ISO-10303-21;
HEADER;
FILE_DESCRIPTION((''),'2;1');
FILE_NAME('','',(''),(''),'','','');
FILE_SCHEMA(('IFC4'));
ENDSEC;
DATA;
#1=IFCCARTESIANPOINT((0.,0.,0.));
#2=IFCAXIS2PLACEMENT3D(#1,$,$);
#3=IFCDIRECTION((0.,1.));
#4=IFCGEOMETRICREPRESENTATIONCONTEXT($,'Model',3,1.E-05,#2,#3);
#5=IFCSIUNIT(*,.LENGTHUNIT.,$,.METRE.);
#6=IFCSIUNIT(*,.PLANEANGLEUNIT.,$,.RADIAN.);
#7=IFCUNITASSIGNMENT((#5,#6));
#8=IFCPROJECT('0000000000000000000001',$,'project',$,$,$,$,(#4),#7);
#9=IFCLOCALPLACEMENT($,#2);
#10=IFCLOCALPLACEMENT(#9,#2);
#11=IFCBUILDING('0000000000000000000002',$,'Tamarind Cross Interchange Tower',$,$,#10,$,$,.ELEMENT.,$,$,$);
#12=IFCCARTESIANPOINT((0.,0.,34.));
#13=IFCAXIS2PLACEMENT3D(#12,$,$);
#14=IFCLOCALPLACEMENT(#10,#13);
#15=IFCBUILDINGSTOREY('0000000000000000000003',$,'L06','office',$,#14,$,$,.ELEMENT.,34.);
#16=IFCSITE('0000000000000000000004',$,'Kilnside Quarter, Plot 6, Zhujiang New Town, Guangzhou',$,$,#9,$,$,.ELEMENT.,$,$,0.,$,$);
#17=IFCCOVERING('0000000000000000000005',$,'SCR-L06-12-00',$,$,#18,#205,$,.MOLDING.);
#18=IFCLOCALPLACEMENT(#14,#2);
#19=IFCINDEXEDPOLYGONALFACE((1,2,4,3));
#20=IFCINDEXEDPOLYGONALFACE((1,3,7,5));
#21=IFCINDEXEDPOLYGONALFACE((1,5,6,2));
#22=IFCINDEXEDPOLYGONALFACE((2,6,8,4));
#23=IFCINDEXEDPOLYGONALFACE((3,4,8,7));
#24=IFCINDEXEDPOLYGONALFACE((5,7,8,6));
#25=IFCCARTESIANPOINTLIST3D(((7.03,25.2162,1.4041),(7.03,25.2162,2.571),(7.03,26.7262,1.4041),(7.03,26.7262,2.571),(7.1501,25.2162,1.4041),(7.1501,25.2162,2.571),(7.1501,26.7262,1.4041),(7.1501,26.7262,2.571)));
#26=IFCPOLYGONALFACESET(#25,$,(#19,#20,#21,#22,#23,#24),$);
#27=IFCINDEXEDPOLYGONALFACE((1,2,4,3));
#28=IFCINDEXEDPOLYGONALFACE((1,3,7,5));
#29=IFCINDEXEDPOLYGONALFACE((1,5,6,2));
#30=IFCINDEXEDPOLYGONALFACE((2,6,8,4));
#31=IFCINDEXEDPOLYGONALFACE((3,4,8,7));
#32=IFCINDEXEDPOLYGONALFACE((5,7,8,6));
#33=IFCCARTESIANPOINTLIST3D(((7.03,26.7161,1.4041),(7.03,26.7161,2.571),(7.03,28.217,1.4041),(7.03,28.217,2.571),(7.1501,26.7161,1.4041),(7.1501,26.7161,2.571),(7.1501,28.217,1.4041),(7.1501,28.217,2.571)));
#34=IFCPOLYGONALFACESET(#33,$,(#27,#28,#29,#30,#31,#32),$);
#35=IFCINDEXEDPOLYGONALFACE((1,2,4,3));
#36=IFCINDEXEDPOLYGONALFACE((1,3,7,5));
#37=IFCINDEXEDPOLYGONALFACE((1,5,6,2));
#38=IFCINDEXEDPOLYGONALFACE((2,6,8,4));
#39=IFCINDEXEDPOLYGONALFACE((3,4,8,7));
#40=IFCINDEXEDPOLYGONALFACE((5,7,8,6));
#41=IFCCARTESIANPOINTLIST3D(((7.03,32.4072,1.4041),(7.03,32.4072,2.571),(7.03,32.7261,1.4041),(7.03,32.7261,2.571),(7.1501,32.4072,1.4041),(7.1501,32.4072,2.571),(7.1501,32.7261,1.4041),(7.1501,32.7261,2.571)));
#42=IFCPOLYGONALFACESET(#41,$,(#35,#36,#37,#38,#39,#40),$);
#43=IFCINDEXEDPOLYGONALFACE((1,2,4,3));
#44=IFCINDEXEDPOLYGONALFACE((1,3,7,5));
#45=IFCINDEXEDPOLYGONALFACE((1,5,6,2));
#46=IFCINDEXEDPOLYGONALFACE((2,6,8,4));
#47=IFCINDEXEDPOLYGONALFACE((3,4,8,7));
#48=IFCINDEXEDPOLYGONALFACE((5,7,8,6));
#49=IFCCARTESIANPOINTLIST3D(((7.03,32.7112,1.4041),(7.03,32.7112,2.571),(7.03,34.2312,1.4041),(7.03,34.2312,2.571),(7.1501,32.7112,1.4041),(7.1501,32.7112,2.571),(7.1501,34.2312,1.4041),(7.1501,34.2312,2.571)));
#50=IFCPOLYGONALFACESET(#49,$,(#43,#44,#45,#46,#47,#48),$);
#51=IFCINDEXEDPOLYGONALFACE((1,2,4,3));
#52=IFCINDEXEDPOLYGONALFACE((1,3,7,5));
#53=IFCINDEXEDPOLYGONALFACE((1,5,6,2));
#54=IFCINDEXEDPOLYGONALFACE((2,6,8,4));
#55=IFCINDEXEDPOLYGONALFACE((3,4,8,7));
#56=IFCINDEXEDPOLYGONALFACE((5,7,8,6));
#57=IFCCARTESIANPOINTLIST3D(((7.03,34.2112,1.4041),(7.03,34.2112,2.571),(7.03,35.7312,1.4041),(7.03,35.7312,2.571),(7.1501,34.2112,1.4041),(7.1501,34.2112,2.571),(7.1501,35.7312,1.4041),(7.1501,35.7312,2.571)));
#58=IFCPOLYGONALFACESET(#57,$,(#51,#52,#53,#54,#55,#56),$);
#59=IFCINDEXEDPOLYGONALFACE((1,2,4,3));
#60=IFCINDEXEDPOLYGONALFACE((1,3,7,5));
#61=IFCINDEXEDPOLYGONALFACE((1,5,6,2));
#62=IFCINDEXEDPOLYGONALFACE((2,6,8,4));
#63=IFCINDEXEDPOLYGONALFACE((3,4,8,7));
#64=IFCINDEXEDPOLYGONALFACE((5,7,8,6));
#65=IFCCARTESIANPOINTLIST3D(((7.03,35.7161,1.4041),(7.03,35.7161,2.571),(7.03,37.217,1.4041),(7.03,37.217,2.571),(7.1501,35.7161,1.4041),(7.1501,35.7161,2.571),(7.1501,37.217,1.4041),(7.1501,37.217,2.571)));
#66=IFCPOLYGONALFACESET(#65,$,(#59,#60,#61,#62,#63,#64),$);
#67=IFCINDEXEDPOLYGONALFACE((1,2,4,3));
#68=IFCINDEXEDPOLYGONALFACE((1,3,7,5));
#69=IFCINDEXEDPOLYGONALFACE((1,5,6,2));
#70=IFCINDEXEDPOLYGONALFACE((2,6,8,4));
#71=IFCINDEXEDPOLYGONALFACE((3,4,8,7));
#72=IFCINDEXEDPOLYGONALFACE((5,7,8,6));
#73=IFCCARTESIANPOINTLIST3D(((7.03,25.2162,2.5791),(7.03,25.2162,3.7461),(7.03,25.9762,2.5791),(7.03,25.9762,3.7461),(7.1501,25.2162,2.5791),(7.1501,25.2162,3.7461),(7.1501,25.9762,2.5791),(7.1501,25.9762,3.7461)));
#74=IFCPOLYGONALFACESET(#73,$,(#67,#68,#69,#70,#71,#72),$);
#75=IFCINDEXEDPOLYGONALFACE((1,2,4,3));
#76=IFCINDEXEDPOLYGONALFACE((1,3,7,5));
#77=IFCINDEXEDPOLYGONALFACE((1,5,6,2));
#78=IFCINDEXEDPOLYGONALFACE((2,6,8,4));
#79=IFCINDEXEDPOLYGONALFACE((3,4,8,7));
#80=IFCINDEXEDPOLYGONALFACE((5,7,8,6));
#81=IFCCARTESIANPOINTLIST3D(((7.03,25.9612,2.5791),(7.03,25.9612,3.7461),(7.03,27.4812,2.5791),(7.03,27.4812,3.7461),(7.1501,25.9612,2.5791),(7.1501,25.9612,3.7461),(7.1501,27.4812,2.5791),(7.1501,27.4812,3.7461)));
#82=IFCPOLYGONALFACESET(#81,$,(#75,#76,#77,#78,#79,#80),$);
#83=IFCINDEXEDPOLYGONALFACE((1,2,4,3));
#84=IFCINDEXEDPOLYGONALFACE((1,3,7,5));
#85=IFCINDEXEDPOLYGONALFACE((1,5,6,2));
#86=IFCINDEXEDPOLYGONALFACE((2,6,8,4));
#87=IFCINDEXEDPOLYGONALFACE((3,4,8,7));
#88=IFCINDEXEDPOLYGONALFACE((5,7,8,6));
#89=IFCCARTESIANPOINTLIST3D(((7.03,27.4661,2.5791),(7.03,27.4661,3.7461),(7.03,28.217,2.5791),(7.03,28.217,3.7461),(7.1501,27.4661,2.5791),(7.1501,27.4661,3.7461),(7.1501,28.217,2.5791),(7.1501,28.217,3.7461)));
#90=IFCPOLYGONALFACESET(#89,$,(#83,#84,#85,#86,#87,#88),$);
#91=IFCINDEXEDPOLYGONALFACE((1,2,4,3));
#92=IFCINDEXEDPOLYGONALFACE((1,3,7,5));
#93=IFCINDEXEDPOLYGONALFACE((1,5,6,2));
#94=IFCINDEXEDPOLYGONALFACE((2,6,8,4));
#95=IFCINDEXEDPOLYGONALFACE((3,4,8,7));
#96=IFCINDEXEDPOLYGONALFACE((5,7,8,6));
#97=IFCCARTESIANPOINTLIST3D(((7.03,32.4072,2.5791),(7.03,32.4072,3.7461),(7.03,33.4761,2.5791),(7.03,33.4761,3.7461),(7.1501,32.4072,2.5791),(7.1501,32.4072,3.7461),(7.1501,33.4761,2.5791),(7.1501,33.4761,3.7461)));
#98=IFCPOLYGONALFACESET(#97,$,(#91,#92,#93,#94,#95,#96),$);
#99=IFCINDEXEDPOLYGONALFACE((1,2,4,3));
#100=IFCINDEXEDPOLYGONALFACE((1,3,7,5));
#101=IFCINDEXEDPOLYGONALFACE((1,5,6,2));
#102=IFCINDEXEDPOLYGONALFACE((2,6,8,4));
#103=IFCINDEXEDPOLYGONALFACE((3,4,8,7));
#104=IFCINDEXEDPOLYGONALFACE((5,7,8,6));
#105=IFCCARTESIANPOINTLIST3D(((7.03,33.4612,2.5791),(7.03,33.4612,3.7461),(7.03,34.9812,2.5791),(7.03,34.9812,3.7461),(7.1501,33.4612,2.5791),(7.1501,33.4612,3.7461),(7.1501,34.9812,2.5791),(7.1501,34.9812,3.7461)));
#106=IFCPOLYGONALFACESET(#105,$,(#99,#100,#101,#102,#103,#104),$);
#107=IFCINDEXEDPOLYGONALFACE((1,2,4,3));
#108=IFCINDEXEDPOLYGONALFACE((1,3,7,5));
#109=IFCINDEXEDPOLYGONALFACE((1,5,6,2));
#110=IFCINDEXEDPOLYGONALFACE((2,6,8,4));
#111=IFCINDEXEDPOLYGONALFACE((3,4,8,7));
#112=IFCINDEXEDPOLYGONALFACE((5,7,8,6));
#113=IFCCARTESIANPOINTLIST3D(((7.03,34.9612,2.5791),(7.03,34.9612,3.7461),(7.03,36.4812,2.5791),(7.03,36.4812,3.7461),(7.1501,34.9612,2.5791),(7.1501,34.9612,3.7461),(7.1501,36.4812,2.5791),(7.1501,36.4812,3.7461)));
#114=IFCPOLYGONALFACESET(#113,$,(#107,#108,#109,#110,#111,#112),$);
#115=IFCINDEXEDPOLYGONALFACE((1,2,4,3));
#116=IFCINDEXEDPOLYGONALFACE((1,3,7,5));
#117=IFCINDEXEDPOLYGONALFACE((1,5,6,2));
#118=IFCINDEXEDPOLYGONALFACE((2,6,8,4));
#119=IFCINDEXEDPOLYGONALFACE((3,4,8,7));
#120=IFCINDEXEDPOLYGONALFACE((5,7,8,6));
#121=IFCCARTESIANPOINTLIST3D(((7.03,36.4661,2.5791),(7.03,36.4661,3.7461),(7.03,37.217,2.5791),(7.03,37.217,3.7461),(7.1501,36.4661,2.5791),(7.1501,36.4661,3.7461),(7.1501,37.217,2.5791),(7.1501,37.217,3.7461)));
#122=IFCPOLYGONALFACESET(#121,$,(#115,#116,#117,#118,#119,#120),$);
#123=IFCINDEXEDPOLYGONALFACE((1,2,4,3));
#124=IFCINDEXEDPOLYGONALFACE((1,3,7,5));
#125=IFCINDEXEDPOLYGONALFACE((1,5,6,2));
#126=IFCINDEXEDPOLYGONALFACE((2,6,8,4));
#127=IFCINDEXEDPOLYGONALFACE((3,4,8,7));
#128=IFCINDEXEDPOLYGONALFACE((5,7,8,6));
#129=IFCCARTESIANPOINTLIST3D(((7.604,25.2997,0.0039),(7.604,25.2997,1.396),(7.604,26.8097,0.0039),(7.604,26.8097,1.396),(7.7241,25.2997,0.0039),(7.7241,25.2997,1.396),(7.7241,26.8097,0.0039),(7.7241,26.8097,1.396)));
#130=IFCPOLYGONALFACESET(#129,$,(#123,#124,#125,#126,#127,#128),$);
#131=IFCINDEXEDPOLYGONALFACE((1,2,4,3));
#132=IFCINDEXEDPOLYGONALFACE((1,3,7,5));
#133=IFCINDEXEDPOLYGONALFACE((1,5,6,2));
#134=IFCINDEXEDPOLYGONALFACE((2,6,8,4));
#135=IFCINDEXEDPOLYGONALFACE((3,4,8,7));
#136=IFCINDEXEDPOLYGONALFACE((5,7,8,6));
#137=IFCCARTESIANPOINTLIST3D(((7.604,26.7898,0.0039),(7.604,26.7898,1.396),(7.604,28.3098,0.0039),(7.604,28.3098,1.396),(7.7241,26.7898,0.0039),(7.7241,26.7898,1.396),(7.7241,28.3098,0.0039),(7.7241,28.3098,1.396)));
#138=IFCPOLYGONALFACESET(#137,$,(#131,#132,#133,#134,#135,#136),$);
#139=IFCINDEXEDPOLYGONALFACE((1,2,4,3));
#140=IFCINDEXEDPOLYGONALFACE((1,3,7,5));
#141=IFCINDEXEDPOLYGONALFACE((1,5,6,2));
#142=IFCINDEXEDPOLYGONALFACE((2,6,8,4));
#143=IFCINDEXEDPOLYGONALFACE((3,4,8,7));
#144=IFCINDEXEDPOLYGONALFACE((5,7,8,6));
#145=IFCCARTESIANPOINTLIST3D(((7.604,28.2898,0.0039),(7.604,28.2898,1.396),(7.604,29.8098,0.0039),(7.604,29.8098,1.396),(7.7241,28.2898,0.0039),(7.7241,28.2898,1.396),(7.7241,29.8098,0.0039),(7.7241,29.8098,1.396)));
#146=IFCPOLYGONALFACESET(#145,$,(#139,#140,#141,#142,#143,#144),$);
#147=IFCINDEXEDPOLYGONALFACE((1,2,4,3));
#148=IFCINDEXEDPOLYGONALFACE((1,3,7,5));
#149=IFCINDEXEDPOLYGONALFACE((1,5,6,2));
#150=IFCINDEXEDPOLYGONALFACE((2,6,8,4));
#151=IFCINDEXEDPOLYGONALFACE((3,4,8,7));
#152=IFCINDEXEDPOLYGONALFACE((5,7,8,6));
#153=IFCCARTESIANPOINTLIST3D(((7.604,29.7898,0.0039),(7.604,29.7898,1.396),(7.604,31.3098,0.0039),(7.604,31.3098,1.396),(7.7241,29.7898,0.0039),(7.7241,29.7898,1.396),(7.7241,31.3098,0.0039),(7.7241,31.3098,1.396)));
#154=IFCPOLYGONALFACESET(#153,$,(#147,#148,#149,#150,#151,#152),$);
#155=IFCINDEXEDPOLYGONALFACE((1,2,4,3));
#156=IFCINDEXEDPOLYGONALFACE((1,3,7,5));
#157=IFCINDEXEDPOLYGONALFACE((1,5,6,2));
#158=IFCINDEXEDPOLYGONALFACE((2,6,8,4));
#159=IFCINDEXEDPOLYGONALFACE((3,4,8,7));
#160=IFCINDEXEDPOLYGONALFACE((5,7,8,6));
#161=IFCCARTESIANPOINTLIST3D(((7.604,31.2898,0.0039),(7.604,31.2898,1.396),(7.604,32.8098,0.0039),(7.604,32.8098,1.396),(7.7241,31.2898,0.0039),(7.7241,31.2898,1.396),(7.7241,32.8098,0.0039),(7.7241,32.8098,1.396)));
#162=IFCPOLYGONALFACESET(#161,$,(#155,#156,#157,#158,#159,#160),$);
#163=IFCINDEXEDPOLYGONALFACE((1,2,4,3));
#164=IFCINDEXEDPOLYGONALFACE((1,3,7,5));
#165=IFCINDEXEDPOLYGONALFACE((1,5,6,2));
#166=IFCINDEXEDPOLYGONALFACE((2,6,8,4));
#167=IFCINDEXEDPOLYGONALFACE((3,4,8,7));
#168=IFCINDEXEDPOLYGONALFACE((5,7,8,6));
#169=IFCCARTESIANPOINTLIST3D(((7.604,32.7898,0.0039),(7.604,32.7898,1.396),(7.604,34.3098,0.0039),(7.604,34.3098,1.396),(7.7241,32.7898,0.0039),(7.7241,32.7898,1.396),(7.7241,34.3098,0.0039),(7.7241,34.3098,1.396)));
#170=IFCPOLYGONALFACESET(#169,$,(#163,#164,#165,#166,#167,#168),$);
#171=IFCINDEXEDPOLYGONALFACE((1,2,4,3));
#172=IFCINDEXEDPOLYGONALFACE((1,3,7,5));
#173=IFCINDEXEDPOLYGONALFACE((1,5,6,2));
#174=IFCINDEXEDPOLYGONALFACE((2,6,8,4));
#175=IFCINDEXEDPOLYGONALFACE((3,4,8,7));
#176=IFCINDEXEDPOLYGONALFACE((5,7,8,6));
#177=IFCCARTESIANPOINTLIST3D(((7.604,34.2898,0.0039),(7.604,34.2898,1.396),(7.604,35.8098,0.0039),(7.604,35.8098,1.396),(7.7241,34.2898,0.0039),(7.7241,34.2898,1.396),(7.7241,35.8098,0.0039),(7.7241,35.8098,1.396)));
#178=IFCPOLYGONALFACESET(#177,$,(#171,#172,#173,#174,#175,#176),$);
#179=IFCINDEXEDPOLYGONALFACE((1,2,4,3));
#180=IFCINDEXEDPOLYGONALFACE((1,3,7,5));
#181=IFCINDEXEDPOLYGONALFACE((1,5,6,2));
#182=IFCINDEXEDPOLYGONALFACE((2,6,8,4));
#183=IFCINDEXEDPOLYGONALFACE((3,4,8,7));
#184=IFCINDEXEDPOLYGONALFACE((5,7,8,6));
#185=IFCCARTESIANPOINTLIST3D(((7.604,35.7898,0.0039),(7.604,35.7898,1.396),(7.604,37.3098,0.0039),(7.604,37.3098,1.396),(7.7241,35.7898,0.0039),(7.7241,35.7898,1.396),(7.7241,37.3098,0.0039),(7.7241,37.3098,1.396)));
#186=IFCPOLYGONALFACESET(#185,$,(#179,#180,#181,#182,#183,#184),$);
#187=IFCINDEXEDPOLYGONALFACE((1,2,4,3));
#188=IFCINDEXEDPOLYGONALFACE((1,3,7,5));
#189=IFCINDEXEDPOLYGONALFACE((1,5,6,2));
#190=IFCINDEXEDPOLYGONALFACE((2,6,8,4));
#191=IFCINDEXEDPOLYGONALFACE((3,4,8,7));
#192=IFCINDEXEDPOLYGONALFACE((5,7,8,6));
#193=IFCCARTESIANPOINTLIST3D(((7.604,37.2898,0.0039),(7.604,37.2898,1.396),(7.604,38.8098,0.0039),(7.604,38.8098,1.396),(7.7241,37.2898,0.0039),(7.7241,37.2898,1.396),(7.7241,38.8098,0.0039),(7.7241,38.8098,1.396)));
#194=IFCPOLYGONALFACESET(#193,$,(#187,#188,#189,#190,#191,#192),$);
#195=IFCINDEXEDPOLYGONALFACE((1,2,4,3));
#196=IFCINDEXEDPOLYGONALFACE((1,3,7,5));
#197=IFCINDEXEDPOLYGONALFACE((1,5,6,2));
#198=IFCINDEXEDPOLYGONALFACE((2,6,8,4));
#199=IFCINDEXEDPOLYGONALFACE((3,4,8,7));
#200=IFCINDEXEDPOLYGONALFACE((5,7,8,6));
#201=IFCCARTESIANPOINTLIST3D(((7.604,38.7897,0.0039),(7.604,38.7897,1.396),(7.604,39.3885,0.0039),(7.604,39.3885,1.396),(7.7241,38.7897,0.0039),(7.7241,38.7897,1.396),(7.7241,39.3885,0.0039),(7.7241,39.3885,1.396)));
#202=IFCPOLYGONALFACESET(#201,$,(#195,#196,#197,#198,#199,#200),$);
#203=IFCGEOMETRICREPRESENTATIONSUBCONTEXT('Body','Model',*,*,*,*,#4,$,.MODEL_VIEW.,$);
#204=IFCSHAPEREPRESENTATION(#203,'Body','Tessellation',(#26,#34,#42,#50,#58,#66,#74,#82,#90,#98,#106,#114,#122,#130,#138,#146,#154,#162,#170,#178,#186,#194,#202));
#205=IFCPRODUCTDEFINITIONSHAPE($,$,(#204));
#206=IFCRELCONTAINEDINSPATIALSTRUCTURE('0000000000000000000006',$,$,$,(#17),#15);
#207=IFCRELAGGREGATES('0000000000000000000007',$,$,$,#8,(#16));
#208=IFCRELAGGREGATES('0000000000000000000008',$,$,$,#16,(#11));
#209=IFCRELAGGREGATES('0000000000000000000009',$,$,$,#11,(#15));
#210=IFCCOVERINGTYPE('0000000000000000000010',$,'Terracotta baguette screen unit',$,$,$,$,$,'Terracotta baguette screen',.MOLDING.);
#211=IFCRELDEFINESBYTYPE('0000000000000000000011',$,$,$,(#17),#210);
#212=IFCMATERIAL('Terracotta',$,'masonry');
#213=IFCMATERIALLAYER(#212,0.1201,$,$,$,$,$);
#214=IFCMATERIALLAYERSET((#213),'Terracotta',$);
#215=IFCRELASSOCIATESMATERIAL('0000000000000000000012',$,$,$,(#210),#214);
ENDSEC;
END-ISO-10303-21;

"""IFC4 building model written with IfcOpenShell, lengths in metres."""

from ifc_helpers import new_model, si_unit, direction, frame, origin, origin_2d, place, context, subcontext, project, spatial, rectangle, extrude, material, layer, layer_set, type_object, element, save


model = new_model("IFC4")

# Units and contexts
model_context = context("Model", 3, precision=1e-05, world=origin(), true_north=direction((0.0, 1.0)))
body_context = subcontext(model_context, "Body", "Model", "MODEL_VIEW")
ifc_project = project(units=[si_unit("LENGTHUNIT", "METRE"), si_unit("PLANEANGLEUNIT", "RADIAN")], contexts=[model_context])

# Site, building, storey
site_placement = place(None, origin())
site = spatial("IfcSite", under=ifc_project, at=site_placement, Name="Kilnside Quarter, Plot 6, Zhujiang New Town, Guangzhou", CompositionType="ELEMENT", RefElevation=0.0)
building_placement = place(site_placement, origin())
building = spatial("IfcBuilding", under=site, at=building_placement, Name="Tamarind Cross Interchange Tower", CompositionType="ELEMENT")
storey_placement = place(building_placement, frame((0.0, 0.0, 34.0)))
storey = spatial("IfcBuildingStorey", under=building, at=storey_placement, Name="L06", Description="office", CompositionType="ELEMENT", Elevation=34.0)

# Covering
ifc_material_1 = material(Name="Terracotta", Category="masonry")
ifc_layer_1 = layer(ifc_material_1, 0.1201)
ifc_layer_set_1 = layer_set([ifc_layer_1], Name="Terracotta")
covering_type = type_object("IfcCoveringType", Name="Terracotta baguette screen unit", ElementType="Terracotta baguette screen", PredefinedType="MOLDING", material=ifc_layer_set_1)
covering_1_placement = place(storey_placement, origin())
element("IfcCovering", 1, at=covering_1_placement, inside=storey, type_object=covering_type, Name="SCR-L06-12-00", PredefinedType="MOLDING", context=body_context, shape_type="SweptSolid", body=[
    extrude(rectangle(XDim=1.51, YDim=0.1201, at=origin_2d()), frame((7.0901, 25.9712, 1.4041), z_axis=(0.0, 0.0, 1.0), x_axis=(0.0, 1.0, 0.0)), (0.0, 0.0, 1.0), 1.167),
    extrude(rectangle(XDim=1.501, YDim=0.1201, at=origin_2d()), frame((7.0901, 27.4666, 1.4041), z_axis=(0.0, 0.0, 1.0), x_axis=(0.0, 1.0, 0.0)), (0.0, 0.0, 1.0), 1.167),
    extrude(rectangle(XDim=0.3188, YDim=0.1201, at=origin_2d()), frame((7.0901, 32.5667, 1.4041), z_axis=(0.0, 0.0, 1.0), x_axis=(0.0, 1.0, 0.0)), (0.0, 0.0, 1.0), 1.167),
    extrude(rectangle(XDim=1.52, YDim=0.1201, at=origin_2d()), frame((7.0901, 33.4712, 1.4041), z_axis=(0.0, 0.0, 1.0), x_axis=(0.0, 1.0, 0.0)), (0.0, 0.0, 1.0), 1.167),
    extrude(rectangle(XDim=1.52, YDim=0.1201, at=origin_2d()), frame((7.0901, 34.9712, 1.4041), z_axis=(0.0, 0.0, 1.0), x_axis=(0.0, 1.0, 0.0)), (0.0, 0.0, 1.0), 1.167),
    extrude(rectangle(XDim=1.501, YDim=0.1201, at=origin_2d()), frame((7.0901, 36.4666, 1.4041), z_axis=(0.0, 0.0, 1.0), x_axis=(0.0, 1.0, 0.0)), (0.0, 0.0, 1.0), 1.167),
    extrude(rectangle(XDim=0.76, YDim=0.1201, at=origin_2d()), frame((7.0901, 25.5962, 2.5791), z_axis=(0.0, 0.0, 1.0), x_axis=(0.0, 1.0, 0.0)), (0.0, 0.0, 1.0), 1.167),
    extrude(rectangle(XDim=1.52, YDim=0.1201, at=origin_2d()), frame((7.0901, 26.7212, 2.5791), z_axis=(0.0, 0.0, 1.0), x_axis=(0.0, 1.0, 0.0)), (0.0, 0.0, 1.0), 1.167),
    extrude(rectangle(XDim=0.751, YDim=0.1201, at=origin_2d()), frame((7.0901, 27.8416, 2.5791), z_axis=(0.0, 0.0, 1.0), x_axis=(0.0, 1.0, 0.0)), (0.0, 0.0, 1.0), 1.167),
    extrude(rectangle(XDim=1.0688, YDim=0.1201, at=origin_2d()), frame((7.0901, 32.9417, 2.5791), z_axis=(0.0, 0.0, 1.0), x_axis=(0.0, 1.0, 0.0)), (0.0, 0.0, 1.0), 1.167),
    extrude(rectangle(XDim=1.52, YDim=0.1201, at=origin_2d()), frame((7.0901, 34.2212, 2.5791), z_axis=(0.0, 0.0, 1.0), x_axis=(0.0, 1.0, 0.0)), (0.0, 0.0, 1.0), 1.167),
    extrude(rectangle(XDim=1.52, YDim=0.1201, at=origin_2d()), frame((7.0901, 35.7212, 2.5791), z_axis=(0.0, 0.0, 1.0), x_axis=(0.0, 1.0, 0.0)), (0.0, 0.0, 1.0), 1.167),
    extrude(rectangle(XDim=0.751, YDim=0.1201, at=origin_2d()), frame((7.0901, 36.8416, 2.5791), z_axis=(0.0, 0.0, 1.0), x_axis=(0.0, 1.0, 0.0)), (0.0, 0.0, 1.0), 1.167),
    extrude(rectangle(XDim=1.51, YDim=0.1201, at=origin_2d()), frame((7.6641, 26.0547, 0.0039), z_axis=(0.0, 0.0, 1.0), x_axis=(0.0, 1.0, 0.0)), (0.0, 0.0, 1.0), 1.3921),
    extrude(rectangle(XDim=1.52, YDim=0.1201, at=origin_2d()), frame((7.6641, 27.5498, 0.0039), z_axis=(0.0, 0.0, 1.0), x_axis=(0.0, 1.0, 0.0)), (0.0, 0.0, 1.0), 1.3921),
    extrude(rectangle(XDim=1.52, YDim=0.1201, at=origin_2d()), frame((7.6641, 29.0498, 0.0039), z_axis=(0.0, 0.0, 1.0), x_axis=(0.0, 1.0, 0.0)), (0.0, 0.0, 1.0), 1.3921),
    extrude(rectangle(XDim=1.52, YDim=0.1201, at=origin_2d()), frame((7.6641, 30.5498, 0.0039), z_axis=(0.0, 0.0, 1.0), x_axis=(0.0, 1.0, 0.0)), (0.0, 0.0, 1.0), 1.3921),
    extrude(rectangle(XDim=1.52, YDim=0.1201, at=origin_2d()), frame((7.6641, 32.0498, 0.0039), z_axis=(0.0, 0.0, 1.0), x_axis=(0.0, 1.0, 0.0)), (0.0, 0.0, 1.0), 1.3921),
    extrude(rectangle(XDim=1.52, YDim=0.1201, at=origin_2d()), frame((7.6641, 33.5498, 0.0039), z_axis=(0.0, 0.0, 1.0), x_axis=(0.0, 1.0, 0.0)), (0.0, 0.0, 1.0), 1.3921),
    extrude(rectangle(XDim=1.52, YDim=0.1201, at=origin_2d()), frame((7.6641, 35.0498, 0.0039), z_axis=(0.0, 0.0, 1.0), x_axis=(0.0, 1.0, 0.0)), (0.0, 0.0, 1.0), 1.3921),
    extrude(rectangle(XDim=1.52, YDim=0.1201, at=origin_2d()), frame((7.6641, 36.5498, 0.0039), z_axis=(0.0, 0.0, 1.0), x_axis=(0.0, 1.0, 0.0)), (0.0, 0.0, 1.0), 1.3921),
    extrude(rectangle(XDim=1.52, YDim=0.1201, at=origin_2d()), frame((7.6641, 38.0498, 0.0039), z_axis=(0.0, 0.0, 1.0), x_axis=(0.0, 1.0, 0.0)), (0.0, 0.0, 1.0), 1.3921),
    extrude(rectangle(XDim=0.5989, YDim=0.1201, at=origin_2d()), frame((7.6641, 39.0891, 0.0039), z_axis=(0.0, 0.0, 1.0), x_axis=(0.0, 1.0, 0.0)), (0.0, 0.0, 1.0), 1.3921),
])

save(model, "model.ifc")
